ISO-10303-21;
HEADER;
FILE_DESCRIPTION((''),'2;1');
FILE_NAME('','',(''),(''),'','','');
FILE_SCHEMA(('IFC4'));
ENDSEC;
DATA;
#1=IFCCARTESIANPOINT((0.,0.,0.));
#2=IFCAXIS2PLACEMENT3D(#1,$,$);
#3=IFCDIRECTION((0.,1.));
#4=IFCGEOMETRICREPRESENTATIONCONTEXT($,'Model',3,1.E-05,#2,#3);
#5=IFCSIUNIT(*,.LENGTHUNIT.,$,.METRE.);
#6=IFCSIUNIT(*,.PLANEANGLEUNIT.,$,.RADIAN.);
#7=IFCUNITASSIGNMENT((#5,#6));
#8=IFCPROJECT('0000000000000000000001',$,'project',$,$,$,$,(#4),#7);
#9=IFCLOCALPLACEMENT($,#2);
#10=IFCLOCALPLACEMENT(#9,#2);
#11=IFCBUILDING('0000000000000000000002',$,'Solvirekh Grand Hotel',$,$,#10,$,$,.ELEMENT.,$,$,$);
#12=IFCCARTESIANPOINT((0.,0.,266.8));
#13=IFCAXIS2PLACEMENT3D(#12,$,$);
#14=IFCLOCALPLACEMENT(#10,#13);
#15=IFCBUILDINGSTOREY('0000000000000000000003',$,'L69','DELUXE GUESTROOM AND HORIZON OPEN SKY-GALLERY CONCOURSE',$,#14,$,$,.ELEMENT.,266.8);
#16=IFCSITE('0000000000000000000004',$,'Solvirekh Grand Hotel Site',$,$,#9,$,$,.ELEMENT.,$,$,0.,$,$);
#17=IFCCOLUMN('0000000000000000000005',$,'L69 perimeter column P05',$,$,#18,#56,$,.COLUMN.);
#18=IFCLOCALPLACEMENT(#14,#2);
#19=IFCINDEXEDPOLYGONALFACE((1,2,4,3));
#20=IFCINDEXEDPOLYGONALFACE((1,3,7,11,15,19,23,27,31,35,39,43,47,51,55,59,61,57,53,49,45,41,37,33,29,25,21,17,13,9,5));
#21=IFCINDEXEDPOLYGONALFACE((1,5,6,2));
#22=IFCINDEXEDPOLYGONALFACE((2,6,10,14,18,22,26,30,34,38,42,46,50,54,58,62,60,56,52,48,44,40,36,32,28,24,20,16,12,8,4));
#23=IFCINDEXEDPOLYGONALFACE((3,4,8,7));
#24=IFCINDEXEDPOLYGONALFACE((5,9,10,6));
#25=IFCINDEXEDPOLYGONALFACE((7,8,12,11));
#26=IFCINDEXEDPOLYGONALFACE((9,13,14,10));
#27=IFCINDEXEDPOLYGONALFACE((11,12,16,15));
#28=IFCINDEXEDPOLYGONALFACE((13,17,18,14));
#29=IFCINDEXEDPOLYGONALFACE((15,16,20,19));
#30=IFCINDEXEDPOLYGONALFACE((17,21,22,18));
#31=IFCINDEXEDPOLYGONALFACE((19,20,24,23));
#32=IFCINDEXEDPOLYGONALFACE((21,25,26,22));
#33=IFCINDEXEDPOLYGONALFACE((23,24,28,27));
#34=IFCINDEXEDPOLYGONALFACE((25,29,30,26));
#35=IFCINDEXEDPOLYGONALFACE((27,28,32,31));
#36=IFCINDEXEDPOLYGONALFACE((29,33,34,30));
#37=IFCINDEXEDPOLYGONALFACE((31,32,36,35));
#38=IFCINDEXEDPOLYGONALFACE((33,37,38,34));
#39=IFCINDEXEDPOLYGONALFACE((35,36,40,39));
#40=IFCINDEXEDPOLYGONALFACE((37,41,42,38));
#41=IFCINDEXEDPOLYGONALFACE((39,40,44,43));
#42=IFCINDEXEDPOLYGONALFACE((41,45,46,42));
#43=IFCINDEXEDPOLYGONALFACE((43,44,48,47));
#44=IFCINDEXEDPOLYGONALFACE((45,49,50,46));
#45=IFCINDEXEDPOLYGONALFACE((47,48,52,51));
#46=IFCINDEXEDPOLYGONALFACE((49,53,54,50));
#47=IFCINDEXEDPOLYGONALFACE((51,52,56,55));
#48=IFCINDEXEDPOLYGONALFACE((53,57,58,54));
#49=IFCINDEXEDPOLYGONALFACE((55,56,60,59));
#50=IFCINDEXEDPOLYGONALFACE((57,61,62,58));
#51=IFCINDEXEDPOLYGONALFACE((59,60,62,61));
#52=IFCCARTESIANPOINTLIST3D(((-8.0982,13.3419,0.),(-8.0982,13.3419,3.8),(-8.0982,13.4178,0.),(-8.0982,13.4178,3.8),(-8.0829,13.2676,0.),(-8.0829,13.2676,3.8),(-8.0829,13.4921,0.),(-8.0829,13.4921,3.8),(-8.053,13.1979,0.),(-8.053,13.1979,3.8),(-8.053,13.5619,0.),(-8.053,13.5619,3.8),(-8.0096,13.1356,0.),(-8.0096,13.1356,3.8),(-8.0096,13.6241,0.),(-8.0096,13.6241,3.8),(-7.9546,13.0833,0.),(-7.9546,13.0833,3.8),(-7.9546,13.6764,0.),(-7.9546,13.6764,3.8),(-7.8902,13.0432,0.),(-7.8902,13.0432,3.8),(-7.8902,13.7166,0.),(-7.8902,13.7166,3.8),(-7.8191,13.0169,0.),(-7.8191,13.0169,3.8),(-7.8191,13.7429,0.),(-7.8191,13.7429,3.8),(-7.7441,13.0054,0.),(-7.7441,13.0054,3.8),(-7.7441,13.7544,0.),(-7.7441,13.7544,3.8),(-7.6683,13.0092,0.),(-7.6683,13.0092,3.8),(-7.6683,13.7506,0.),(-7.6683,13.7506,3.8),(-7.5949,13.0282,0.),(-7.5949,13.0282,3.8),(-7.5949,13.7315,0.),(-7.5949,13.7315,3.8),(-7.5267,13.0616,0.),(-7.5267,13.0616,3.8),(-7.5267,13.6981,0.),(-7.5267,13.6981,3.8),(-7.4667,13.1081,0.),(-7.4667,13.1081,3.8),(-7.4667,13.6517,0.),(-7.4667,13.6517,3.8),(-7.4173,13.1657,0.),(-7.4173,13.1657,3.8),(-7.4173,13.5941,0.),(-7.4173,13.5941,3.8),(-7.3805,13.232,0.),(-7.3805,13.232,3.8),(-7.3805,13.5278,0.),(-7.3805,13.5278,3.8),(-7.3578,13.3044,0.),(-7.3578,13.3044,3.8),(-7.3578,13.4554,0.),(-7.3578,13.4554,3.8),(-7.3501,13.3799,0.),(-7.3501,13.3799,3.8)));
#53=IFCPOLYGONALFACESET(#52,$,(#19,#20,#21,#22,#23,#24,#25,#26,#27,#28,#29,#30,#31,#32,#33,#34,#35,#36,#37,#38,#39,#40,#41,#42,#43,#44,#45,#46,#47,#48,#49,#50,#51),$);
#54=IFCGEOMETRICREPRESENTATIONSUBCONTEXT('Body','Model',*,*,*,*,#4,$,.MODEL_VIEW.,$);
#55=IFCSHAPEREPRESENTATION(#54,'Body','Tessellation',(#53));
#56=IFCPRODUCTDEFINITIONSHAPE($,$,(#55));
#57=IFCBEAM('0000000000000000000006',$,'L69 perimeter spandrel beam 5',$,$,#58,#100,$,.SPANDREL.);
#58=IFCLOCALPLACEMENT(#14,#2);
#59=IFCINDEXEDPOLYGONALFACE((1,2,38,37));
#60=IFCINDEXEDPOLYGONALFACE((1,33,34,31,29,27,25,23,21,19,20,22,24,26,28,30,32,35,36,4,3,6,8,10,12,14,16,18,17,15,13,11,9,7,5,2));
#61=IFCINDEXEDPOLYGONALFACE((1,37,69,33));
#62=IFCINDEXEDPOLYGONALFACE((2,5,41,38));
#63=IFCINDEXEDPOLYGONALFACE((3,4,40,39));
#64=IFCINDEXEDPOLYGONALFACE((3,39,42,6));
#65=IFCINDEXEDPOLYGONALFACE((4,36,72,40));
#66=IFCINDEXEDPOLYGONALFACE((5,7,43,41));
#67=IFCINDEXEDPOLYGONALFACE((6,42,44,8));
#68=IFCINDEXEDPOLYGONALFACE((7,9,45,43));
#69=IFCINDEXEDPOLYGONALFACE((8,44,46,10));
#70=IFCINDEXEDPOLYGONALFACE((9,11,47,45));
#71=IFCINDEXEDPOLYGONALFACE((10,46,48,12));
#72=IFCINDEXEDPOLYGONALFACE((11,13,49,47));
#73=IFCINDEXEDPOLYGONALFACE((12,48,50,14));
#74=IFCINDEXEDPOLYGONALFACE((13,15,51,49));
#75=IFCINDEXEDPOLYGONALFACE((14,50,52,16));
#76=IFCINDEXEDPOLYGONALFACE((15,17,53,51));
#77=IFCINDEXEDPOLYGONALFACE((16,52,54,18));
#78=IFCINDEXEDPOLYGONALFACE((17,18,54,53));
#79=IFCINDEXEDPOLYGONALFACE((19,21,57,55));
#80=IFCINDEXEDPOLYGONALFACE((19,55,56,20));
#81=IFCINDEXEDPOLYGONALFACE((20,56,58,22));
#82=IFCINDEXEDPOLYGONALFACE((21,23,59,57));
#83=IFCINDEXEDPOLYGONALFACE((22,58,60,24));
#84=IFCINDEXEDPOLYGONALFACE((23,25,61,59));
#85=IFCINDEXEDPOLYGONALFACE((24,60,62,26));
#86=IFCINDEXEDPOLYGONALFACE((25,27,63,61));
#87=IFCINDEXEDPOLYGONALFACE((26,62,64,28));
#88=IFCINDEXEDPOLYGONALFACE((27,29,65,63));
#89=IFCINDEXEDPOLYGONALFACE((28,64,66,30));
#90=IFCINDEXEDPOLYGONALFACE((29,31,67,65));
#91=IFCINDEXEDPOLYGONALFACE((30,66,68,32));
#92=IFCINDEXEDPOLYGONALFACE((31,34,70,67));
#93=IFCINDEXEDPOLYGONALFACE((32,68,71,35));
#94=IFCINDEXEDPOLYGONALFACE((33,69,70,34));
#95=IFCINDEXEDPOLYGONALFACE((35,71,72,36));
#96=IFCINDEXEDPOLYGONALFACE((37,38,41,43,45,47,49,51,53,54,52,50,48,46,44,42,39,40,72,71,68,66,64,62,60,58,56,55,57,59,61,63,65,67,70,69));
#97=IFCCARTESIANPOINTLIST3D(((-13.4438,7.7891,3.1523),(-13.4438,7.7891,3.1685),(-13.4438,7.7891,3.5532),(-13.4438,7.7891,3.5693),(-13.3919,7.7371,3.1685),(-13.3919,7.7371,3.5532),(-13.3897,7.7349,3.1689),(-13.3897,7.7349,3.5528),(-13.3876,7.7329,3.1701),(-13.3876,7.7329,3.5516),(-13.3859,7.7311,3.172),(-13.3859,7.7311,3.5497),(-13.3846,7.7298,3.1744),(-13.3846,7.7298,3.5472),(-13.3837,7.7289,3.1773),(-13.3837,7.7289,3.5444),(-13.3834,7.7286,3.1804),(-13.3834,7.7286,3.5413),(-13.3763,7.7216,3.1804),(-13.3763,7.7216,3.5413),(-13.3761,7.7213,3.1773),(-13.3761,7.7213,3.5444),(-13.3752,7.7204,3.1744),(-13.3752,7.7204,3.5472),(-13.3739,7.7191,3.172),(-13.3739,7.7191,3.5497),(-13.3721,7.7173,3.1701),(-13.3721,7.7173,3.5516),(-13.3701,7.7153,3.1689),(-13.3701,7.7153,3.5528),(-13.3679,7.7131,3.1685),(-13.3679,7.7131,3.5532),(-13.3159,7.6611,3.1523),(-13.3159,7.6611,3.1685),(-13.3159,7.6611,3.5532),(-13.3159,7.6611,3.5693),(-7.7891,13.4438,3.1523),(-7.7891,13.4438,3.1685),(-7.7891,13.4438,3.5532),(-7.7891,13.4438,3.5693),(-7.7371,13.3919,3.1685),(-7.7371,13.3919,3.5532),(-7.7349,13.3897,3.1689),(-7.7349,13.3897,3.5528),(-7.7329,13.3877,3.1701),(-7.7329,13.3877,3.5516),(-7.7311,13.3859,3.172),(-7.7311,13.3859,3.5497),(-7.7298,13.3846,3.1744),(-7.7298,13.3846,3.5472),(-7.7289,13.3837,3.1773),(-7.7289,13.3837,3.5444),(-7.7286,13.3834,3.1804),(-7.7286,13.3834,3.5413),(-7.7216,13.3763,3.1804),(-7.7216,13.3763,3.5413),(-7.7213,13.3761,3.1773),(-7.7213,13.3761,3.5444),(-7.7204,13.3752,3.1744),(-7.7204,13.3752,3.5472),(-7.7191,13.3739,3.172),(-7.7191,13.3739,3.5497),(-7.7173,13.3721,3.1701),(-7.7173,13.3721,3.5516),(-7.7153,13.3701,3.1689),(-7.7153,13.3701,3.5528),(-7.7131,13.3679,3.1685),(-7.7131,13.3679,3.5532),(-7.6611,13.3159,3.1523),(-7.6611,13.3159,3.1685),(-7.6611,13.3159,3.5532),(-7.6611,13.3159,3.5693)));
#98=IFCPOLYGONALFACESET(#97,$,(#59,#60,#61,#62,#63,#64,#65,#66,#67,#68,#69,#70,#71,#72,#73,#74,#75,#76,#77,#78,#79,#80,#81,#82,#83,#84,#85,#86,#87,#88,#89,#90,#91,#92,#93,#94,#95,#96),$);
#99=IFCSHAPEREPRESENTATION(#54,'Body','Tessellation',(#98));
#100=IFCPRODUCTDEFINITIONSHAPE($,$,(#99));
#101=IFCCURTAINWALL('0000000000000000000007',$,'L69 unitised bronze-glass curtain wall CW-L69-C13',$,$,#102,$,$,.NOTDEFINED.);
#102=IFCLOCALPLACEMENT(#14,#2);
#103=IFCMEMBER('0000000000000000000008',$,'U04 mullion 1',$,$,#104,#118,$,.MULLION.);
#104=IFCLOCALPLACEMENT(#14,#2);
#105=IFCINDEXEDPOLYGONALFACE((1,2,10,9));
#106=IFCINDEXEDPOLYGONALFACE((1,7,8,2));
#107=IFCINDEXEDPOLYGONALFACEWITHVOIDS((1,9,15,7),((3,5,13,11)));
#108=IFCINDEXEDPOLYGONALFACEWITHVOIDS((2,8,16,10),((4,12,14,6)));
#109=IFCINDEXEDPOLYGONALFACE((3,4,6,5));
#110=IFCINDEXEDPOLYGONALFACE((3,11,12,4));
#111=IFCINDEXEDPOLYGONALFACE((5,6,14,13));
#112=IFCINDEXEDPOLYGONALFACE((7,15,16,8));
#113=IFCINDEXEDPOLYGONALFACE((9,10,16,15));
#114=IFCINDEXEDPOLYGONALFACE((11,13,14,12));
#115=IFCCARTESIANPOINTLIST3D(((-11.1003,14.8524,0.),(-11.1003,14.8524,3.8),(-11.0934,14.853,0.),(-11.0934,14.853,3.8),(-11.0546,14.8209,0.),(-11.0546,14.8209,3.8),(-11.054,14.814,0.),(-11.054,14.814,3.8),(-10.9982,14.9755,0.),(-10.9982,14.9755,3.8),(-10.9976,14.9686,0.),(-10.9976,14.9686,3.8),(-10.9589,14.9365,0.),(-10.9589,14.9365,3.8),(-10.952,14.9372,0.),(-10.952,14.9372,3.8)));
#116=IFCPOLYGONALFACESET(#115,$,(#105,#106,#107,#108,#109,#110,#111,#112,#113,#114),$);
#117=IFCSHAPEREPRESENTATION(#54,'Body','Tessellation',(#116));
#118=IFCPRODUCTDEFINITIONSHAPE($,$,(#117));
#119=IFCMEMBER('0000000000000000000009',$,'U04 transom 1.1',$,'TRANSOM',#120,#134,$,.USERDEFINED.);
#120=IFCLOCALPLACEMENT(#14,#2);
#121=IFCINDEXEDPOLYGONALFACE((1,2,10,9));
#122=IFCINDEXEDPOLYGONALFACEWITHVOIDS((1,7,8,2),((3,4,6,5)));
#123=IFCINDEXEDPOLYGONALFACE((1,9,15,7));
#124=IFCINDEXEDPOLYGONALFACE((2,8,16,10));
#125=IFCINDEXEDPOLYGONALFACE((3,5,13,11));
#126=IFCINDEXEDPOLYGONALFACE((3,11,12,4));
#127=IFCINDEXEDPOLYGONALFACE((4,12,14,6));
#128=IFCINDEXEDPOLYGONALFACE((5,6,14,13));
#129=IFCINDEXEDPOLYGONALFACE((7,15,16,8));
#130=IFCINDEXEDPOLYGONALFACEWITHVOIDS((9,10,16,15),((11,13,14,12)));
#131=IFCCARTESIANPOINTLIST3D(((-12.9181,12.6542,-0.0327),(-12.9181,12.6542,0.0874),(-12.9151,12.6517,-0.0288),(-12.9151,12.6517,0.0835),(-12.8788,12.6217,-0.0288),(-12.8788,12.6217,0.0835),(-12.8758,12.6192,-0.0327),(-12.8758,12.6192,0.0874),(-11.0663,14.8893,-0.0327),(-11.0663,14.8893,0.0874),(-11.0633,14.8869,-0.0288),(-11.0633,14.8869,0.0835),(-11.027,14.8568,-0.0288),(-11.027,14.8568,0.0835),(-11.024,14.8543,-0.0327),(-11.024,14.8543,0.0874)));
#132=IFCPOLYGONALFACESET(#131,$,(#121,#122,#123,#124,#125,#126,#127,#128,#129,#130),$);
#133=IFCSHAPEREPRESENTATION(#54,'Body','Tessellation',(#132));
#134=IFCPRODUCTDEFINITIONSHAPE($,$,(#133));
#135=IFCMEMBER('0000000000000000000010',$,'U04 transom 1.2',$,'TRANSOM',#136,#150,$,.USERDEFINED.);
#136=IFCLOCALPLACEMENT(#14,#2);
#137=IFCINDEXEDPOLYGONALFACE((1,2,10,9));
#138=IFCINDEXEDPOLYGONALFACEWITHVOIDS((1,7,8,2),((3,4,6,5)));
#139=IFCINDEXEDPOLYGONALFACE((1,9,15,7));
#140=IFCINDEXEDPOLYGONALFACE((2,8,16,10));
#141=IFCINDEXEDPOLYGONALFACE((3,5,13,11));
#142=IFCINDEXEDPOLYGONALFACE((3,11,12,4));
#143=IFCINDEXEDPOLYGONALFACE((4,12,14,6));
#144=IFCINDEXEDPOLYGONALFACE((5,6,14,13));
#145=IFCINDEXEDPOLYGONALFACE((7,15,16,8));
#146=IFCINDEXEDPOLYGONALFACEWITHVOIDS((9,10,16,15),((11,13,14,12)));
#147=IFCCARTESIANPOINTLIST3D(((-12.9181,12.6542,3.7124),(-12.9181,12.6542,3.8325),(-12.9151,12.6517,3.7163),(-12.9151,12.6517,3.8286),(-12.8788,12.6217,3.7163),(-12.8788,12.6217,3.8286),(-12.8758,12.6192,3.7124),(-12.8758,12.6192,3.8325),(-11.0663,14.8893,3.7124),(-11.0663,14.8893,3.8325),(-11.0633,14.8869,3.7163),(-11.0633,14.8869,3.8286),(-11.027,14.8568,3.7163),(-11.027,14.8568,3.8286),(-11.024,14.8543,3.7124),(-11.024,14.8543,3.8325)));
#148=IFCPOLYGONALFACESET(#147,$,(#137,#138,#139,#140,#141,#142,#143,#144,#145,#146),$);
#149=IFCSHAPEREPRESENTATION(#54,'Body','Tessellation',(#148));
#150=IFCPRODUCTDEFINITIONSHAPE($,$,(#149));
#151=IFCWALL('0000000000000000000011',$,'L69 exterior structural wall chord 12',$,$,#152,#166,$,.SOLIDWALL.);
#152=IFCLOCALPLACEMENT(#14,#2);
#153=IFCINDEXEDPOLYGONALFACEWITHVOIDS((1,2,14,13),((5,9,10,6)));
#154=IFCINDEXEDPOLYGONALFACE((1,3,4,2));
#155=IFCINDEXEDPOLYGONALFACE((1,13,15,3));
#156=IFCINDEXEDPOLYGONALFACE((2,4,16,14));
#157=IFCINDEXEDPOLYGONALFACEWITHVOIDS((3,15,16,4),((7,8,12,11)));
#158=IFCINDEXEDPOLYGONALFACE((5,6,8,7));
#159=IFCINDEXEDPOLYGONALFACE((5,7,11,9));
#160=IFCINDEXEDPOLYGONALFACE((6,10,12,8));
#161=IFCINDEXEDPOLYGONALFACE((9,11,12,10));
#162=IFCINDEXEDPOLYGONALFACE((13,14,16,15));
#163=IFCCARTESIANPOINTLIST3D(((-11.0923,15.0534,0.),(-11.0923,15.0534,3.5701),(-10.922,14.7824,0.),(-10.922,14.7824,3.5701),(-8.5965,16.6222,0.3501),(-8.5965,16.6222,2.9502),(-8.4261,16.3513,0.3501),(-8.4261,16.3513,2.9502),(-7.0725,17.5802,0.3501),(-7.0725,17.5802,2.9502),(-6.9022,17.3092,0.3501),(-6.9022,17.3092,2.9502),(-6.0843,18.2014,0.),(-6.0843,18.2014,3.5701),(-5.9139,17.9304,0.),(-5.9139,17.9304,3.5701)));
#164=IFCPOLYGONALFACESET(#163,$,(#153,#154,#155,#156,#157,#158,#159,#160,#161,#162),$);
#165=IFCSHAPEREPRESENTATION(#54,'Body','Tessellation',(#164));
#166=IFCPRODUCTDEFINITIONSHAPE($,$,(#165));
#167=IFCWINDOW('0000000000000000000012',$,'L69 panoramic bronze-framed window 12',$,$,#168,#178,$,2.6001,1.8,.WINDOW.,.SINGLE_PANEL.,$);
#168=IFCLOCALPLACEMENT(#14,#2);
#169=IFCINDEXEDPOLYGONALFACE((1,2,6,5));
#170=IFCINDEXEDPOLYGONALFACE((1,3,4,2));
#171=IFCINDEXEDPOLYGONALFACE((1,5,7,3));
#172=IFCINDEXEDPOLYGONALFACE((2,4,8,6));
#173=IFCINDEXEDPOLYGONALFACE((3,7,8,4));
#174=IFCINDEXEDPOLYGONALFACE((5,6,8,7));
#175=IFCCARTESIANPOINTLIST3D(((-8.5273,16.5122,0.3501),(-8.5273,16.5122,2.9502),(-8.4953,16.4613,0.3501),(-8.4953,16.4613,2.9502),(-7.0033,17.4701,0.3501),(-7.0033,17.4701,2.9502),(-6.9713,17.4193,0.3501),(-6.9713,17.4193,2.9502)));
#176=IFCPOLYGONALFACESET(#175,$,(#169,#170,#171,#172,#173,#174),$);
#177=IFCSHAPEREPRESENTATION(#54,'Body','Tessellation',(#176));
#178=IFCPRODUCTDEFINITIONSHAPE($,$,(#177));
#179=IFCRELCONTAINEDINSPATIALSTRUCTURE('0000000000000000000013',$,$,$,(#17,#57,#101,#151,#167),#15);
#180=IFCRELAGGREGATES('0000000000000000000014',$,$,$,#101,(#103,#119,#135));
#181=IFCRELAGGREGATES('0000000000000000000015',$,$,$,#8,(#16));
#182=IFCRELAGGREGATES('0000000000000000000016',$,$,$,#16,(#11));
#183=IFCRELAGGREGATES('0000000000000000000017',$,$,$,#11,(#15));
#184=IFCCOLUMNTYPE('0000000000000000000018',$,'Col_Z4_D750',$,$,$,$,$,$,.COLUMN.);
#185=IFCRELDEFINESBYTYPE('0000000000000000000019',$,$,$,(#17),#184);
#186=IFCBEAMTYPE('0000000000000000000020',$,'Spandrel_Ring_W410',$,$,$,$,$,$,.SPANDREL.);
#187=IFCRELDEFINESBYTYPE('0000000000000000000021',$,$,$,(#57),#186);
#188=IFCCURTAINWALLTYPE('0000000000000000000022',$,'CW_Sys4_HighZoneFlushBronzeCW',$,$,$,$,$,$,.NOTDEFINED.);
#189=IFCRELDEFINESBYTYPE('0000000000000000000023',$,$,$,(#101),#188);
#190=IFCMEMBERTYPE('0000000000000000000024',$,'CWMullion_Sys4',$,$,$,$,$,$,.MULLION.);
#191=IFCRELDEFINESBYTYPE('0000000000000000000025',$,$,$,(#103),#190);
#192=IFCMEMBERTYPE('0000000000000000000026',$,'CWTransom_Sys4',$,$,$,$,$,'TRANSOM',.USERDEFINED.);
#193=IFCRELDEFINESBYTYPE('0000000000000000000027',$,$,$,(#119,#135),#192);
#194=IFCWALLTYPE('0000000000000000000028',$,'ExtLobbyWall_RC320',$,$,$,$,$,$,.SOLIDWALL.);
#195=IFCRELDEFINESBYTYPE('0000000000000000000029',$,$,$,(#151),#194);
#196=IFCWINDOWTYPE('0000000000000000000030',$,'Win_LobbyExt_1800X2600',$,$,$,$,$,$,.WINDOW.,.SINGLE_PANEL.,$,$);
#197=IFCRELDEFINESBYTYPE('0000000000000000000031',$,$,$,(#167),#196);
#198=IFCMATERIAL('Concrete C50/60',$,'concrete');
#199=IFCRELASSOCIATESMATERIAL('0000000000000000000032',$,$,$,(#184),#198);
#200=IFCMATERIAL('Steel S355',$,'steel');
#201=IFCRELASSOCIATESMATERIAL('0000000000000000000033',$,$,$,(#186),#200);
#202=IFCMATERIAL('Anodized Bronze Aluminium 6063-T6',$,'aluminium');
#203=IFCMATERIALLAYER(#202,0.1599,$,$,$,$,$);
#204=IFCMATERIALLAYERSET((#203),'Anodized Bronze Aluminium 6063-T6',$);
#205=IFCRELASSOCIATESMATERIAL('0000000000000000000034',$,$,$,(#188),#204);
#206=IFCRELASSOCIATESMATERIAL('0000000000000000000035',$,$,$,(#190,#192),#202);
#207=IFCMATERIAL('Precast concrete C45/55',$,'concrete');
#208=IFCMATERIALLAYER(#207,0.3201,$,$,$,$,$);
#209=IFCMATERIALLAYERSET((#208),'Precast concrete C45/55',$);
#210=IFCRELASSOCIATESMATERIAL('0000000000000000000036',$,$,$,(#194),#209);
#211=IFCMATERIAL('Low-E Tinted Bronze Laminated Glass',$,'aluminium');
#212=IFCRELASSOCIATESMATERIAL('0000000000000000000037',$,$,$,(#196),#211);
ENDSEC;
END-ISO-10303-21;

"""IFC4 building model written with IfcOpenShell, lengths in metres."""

from ifc_helpers import new_model, si_unit, direction, frame, frame_2d, origin, origin_2d, place, context, subcontext, project, spatial, rectangle, hollow_rectangle, circle, i_section, extrude, source, transform, mapped, material, layer, layer_set, material_profile, profile_set, type_object, element, fill, aggregate, save


model = new_model("IFC4")

# Units and contexts
model_context = context("Model", 3, precision=1e-05, world=origin(), true_north=direction((0.0, 1.0)))
body_context = subcontext(model_context, "Body", "Model", "MODEL_VIEW")
ifc_project = project(units=[si_unit("LENGTHUNIT", "METRE"), si_unit("PLANEANGLEUNIT", "RADIAN")], contexts=[model_context])

# Site, building, storey
site_placement = place(None, origin())
site = spatial("IfcSite", under=ifc_project, at=site_placement, Name="Solvirekh Grand Hotel Site", CompositionType="ELEMENT", RefElevation=0.0)
building_placement = place(site_placement, origin())
building = spatial("IfcBuilding", under=site, at=building_placement, Name="Solvirekh Grand Hotel", CompositionType="ELEMENT")
storey_placement = place(building_placement, frame((0.0, 0.0, 266.8)))
storey = spatial("IfcBuildingStorey", under=building, at=storey_placement, Name="L69", Description="DELUXE GUESTROOM AND HORIZON OPEN SKY-GALLERY CONCOURSE", CompositionType="ELEMENT", Elevation=266.8)

# Column
ifc_material_1 = material(Name="Concrete C50/60", Category="concrete")
ifc_material_profile_1 = material_profile(ifc_material_1, circle(Radius=0.375, at=origin_2d()), Name="RC CIRC D750")
ifc_profile_set_1 = profile_set([ifc_material_profile_1], Name="Concrete C50/60")
column_type = type_object("IfcColumnType", Name="Col_Z4_D750", PredefinedType="COLUMN", material=ifc_profile_set_1)
column_placement = place(storey_placement, frame((-7.7251, 13.3799, 0.0), z_axis=(0.0, 0.0, 1.0), x_axis=(1.0, 0.0, 0.0)))
element("IfcColumn", 1, at=column_placement, inside=storey, type_object=column_type, Name="L69 perimeter column P05", PredefinedType="COLUMN", context=body_context, shape_type="SweptSolid", body=[
    extrude(circle(Radius=0.375, at=origin_2d()), origin(), (0.0, 0.0, 1.0), 3.8),
])

# Beam
ifc_material_2 = material(Name="Steel S355", Category="steel")
ifc_material_profile_2 = material_profile(ifc_material_2, i_section(OverallWidth=0.1809, OverallDepth=0.417, WebThickness=0.01, FlangeThickness=0.0161, FilletRadius=0.012, at=origin_2d()), Name="W410X85")
ifc_profile_set_2 = profile_set([ifc_material_profile_2], Name="Steel S355")
beam_type = type_object("IfcBeamType", Name="Spandrel_Ring_W410", PredefinedType="SPANDREL", material=ifc_profile_set_2)
beam_placement = place(storey_placement, frame((-7.7251, 13.3799, 3.3608), z_axis=(-0.707107, -0.707107, 0.0), x_axis=(0.707107, -0.707107, 0.0)))
element("IfcBeam", 2, at=beam_placement, inside=storey, type_object=beam_type, Name="L69 perimeter spandrel beam 5", PredefinedType="SPANDREL", context=body_context, shape_type="SweptSolid", body=[
    extrude(i_section(OverallWidth=0.1809, OverallDepth=0.417, WebThickness=0.01, FlangeThickness=0.0161, FilletRadius=0.012, at=origin_2d()), origin(), (0.0, 0.0, 1.0), 7.9971),
])

# Curtain wall, members
ifc_material_3 = material(Name="Anodized Bronze Aluminium 6063-T6", Category="aluminium")
ifc_layer_1 = layer(ifc_material_3, 0.1599)
ifc_layer_set_1 = layer_set([ifc_layer_1], Name="Anodized Bronze Aluminium 6063-T6")
curtain_wall_type = type_object("IfcCurtainWallType", Name="CW_Sys4_HighZoneFlushBronzeCW", PredefinedType="NOTDEFINED", material=ifc_layer_set_1)
curtain_wall_placement = place(storey_placement, origin())
curtain_wall = element("IfcCurtainWall", 3, at=curtain_wall_placement, inside=storey, type_object=curtain_wall_type, Name="L69 unitised bronze-glass curtain wall CW-L69-C13", PredefinedType="NOTDEFINED")
ifc_material_profile_3 = material_profile(ifc_material_3, hollow_rectangle(XDim=0.0601, YDim=0.1599, WallThickness=0.0049, at=origin_2d()), Name="ALU RHS 160X60X5")
ifc_profile_set_3 = profile_set([ifc_material_profile_3], Name="Anodized Bronze Aluminium 6063-T6")
member_type_1 = type_object("IfcMemberType", Name="CWMullion_Sys4", PredefinedType="MULLION", material=ifc_profile_set_3)
shared_shape_1 = source(origin(), body_context, "Body", "SweptSolid", [
    extrude(hollow_rectangle(XDim=0.0601, YDim=0.1599, WallThickness=0.0049, at=origin_2d()), origin(), (0.0, 0.0, 1.0), 3.8),
])
member_1_placement = place(storey_placement, frame((-11.0261, 14.8948, 0.0), z_axis=(0.0, 0.0, 1.0), x_axis=(0.770094, -0.63793, 0.0)))
member_1 = element("IfcMember", 4, at=member_1_placement, type_object=member_type_1, Name="U04 mullion 1", PredefinedType="MULLION", context=body_context, shape_type="MappedRepresentation", body=[
    mapped(shared_shape_1, transform((0.0, 0.0, 0.0), x_axis=(1.0, 0.0, 0.0), y_axis=(0.0, 1.0, 0.0), z_axis=(0.0, 0.0, 1.0), scale=1.0)),
])
ifc_material_profile_4 = material_profile(ifc_material_3, hollow_rectangle(XDim=0.0549, YDim=0.1201, WallThickness=0.0039, at=origin_2d()), Name="ALU RHS 120X55X4")
ifc_profile_set_4 = profile_set([ifc_material_profile_4], Name="Anodized Bronze Aluminium 6063-T6")
member_type_2 = type_object("IfcMemberType", Name="CWTransom_Sys4", ElementType="TRANSOM", PredefinedType="USERDEFINED", material=ifc_profile_set_4)
shared_shape_2 = source(origin(), body_context, "Body", "SweptSolid", [
    extrude(hollow_rectangle(XDim=0.0549, YDim=0.1201, WallThickness=0.0039, at=origin_2d()), origin(), (0.0, 0.0, 1.0), 2.9026),
])
member_2_placement = place(storey_placement, frame((-11.0452, 14.8718, 0.0273), z_axis=(-0.637989, -0.770045, 0.0), x_axis=(0.770045, -0.637989, 0.0)))
member_2 = element("IfcMember", 5, at=member_2_placement, type_object=member_type_2, Name="U04 transom 1.1", ObjectType="TRANSOM", PredefinedType="USERDEFINED", context=body_context, shape_type="MappedRepresentation", body=[
    mapped(shared_shape_2, transform((0.0, 0.0, 0.0), x_axis=(1.0, 0.0, 0.0), y_axis=(0.0, 1.0, 0.0), z_axis=(0.0, 0.0, 1.0), scale=1.0)),
])
member_3_placement = place(storey_placement, frame((-11.0452, 14.8718, 3.7725), z_axis=(-0.637989, -0.770045, 0.0), x_axis=(0.770045, -0.637989, 0.0)))
member_3 = element("IfcMember", 6, at=member_3_placement, type_object=member_type_2, Name="U04 transom 1.2", ObjectType="TRANSOM", PredefinedType="USERDEFINED", context=body_context, shape_type="MappedRepresentation", body=[
    mapped(shared_shape_2, transform((0.0, 0.0, 0.0), x_axis=(1.0, 0.0, 0.0), y_axis=(0.0, 1.0, 0.0), z_axis=(0.0, 0.0, 1.0), scale=1.0)),
])
aggregate(curtain_wall, [member_1, member_2, member_3])

# Wall, opening, window
ifc_material_4 = material(Name="Precast concrete C45/55", Category="concrete")
ifc_layer_2 = layer(ifc_material_4, 0.3201)
ifc_layer_set_2 = layer_set([ifc_layer_2], Name="Precast concrete C45/55")
wall_type_1 = type_object("IfcWallType", Name="ExtLobbyWall_RC320", PredefinedType="SOLIDWALL", material=ifc_layer_set_2)
wall_1_placement = place(storey_placement, frame((-11.0071, 14.918, 0.0), z_axis=(0.0, 0.0, 1.0), x_axis=(0.846634, 0.532175, 0.0)))
wall_1 = element("IfcWall", 7, at=wall_1_placement, inside=storey, type_object=wall_type_1, Name="L69 exterior structural wall chord 12", PredefinedType="SOLIDWALL", context=body_context, shape_type="SweptSolid", body=[
    extrude(rectangle(XDim=5.9153, YDim=0.3201, at=frame_2d((2.9575, 0.0))), origin(), (0.0, 0.0, 1.0), 3.5701),
])
opening_1_placement = place(wall_1_placement, frame((2.948, 0.0, 0.3501)))
opening_1 = element("IfcOpeningElement", 8, at=opening_1_placement, cuts=wall_1, PredefinedType="OPENING", context=body_context, shape_type="SweptSolid", body=[
    extrude(rectangle(XDim=1.8, YDim=2.6001, at=frame_2d((0.8999, 1.3))), frame((0.0, 0.1699, 0.0), z_axis=(0.0, -1.0, 0.0), x_axis=(1.0, 0.0, 0.0)), (0.0, 0.0, 1.0), 0.3401),
])
ifc_material_5 = material(Name="Low-E Tinted Bronze Laminated Glass", Category="aluminium")
window_type = type_object("IfcWindowType", Name="Win_LobbyExt_1800X2600", PartitioningType="SINGLE_PANEL", PredefinedType="WINDOW", material=ifc_material_5)
window_placement = place(opening_1_placement, origin())
window = element("IfcWindow", 9, at=window_placement, inside=storey, type_object=window_type, Name="L69 panoramic bronze-framed window 12", OverallHeight=2.6001, OverallWidth=1.8, PartitioningType="SINGLE_PANEL", PredefinedType="WINDOW", context=body_context, shape_type="SweptSolid", body=[
    extrude(rectangle(XDim=1.8, YDim=2.6001, at=frame_2d((0.8999, 1.3))), frame((0.0, 0.03, 0.0), z_axis=(0.0, -1.0, 0.0), x_axis=(1.0, 0.0, 0.0)), (0.0, 0.0, 1.0), 0.0601),
])
fill(opening_1, window)

save(model, "model.ifc")
